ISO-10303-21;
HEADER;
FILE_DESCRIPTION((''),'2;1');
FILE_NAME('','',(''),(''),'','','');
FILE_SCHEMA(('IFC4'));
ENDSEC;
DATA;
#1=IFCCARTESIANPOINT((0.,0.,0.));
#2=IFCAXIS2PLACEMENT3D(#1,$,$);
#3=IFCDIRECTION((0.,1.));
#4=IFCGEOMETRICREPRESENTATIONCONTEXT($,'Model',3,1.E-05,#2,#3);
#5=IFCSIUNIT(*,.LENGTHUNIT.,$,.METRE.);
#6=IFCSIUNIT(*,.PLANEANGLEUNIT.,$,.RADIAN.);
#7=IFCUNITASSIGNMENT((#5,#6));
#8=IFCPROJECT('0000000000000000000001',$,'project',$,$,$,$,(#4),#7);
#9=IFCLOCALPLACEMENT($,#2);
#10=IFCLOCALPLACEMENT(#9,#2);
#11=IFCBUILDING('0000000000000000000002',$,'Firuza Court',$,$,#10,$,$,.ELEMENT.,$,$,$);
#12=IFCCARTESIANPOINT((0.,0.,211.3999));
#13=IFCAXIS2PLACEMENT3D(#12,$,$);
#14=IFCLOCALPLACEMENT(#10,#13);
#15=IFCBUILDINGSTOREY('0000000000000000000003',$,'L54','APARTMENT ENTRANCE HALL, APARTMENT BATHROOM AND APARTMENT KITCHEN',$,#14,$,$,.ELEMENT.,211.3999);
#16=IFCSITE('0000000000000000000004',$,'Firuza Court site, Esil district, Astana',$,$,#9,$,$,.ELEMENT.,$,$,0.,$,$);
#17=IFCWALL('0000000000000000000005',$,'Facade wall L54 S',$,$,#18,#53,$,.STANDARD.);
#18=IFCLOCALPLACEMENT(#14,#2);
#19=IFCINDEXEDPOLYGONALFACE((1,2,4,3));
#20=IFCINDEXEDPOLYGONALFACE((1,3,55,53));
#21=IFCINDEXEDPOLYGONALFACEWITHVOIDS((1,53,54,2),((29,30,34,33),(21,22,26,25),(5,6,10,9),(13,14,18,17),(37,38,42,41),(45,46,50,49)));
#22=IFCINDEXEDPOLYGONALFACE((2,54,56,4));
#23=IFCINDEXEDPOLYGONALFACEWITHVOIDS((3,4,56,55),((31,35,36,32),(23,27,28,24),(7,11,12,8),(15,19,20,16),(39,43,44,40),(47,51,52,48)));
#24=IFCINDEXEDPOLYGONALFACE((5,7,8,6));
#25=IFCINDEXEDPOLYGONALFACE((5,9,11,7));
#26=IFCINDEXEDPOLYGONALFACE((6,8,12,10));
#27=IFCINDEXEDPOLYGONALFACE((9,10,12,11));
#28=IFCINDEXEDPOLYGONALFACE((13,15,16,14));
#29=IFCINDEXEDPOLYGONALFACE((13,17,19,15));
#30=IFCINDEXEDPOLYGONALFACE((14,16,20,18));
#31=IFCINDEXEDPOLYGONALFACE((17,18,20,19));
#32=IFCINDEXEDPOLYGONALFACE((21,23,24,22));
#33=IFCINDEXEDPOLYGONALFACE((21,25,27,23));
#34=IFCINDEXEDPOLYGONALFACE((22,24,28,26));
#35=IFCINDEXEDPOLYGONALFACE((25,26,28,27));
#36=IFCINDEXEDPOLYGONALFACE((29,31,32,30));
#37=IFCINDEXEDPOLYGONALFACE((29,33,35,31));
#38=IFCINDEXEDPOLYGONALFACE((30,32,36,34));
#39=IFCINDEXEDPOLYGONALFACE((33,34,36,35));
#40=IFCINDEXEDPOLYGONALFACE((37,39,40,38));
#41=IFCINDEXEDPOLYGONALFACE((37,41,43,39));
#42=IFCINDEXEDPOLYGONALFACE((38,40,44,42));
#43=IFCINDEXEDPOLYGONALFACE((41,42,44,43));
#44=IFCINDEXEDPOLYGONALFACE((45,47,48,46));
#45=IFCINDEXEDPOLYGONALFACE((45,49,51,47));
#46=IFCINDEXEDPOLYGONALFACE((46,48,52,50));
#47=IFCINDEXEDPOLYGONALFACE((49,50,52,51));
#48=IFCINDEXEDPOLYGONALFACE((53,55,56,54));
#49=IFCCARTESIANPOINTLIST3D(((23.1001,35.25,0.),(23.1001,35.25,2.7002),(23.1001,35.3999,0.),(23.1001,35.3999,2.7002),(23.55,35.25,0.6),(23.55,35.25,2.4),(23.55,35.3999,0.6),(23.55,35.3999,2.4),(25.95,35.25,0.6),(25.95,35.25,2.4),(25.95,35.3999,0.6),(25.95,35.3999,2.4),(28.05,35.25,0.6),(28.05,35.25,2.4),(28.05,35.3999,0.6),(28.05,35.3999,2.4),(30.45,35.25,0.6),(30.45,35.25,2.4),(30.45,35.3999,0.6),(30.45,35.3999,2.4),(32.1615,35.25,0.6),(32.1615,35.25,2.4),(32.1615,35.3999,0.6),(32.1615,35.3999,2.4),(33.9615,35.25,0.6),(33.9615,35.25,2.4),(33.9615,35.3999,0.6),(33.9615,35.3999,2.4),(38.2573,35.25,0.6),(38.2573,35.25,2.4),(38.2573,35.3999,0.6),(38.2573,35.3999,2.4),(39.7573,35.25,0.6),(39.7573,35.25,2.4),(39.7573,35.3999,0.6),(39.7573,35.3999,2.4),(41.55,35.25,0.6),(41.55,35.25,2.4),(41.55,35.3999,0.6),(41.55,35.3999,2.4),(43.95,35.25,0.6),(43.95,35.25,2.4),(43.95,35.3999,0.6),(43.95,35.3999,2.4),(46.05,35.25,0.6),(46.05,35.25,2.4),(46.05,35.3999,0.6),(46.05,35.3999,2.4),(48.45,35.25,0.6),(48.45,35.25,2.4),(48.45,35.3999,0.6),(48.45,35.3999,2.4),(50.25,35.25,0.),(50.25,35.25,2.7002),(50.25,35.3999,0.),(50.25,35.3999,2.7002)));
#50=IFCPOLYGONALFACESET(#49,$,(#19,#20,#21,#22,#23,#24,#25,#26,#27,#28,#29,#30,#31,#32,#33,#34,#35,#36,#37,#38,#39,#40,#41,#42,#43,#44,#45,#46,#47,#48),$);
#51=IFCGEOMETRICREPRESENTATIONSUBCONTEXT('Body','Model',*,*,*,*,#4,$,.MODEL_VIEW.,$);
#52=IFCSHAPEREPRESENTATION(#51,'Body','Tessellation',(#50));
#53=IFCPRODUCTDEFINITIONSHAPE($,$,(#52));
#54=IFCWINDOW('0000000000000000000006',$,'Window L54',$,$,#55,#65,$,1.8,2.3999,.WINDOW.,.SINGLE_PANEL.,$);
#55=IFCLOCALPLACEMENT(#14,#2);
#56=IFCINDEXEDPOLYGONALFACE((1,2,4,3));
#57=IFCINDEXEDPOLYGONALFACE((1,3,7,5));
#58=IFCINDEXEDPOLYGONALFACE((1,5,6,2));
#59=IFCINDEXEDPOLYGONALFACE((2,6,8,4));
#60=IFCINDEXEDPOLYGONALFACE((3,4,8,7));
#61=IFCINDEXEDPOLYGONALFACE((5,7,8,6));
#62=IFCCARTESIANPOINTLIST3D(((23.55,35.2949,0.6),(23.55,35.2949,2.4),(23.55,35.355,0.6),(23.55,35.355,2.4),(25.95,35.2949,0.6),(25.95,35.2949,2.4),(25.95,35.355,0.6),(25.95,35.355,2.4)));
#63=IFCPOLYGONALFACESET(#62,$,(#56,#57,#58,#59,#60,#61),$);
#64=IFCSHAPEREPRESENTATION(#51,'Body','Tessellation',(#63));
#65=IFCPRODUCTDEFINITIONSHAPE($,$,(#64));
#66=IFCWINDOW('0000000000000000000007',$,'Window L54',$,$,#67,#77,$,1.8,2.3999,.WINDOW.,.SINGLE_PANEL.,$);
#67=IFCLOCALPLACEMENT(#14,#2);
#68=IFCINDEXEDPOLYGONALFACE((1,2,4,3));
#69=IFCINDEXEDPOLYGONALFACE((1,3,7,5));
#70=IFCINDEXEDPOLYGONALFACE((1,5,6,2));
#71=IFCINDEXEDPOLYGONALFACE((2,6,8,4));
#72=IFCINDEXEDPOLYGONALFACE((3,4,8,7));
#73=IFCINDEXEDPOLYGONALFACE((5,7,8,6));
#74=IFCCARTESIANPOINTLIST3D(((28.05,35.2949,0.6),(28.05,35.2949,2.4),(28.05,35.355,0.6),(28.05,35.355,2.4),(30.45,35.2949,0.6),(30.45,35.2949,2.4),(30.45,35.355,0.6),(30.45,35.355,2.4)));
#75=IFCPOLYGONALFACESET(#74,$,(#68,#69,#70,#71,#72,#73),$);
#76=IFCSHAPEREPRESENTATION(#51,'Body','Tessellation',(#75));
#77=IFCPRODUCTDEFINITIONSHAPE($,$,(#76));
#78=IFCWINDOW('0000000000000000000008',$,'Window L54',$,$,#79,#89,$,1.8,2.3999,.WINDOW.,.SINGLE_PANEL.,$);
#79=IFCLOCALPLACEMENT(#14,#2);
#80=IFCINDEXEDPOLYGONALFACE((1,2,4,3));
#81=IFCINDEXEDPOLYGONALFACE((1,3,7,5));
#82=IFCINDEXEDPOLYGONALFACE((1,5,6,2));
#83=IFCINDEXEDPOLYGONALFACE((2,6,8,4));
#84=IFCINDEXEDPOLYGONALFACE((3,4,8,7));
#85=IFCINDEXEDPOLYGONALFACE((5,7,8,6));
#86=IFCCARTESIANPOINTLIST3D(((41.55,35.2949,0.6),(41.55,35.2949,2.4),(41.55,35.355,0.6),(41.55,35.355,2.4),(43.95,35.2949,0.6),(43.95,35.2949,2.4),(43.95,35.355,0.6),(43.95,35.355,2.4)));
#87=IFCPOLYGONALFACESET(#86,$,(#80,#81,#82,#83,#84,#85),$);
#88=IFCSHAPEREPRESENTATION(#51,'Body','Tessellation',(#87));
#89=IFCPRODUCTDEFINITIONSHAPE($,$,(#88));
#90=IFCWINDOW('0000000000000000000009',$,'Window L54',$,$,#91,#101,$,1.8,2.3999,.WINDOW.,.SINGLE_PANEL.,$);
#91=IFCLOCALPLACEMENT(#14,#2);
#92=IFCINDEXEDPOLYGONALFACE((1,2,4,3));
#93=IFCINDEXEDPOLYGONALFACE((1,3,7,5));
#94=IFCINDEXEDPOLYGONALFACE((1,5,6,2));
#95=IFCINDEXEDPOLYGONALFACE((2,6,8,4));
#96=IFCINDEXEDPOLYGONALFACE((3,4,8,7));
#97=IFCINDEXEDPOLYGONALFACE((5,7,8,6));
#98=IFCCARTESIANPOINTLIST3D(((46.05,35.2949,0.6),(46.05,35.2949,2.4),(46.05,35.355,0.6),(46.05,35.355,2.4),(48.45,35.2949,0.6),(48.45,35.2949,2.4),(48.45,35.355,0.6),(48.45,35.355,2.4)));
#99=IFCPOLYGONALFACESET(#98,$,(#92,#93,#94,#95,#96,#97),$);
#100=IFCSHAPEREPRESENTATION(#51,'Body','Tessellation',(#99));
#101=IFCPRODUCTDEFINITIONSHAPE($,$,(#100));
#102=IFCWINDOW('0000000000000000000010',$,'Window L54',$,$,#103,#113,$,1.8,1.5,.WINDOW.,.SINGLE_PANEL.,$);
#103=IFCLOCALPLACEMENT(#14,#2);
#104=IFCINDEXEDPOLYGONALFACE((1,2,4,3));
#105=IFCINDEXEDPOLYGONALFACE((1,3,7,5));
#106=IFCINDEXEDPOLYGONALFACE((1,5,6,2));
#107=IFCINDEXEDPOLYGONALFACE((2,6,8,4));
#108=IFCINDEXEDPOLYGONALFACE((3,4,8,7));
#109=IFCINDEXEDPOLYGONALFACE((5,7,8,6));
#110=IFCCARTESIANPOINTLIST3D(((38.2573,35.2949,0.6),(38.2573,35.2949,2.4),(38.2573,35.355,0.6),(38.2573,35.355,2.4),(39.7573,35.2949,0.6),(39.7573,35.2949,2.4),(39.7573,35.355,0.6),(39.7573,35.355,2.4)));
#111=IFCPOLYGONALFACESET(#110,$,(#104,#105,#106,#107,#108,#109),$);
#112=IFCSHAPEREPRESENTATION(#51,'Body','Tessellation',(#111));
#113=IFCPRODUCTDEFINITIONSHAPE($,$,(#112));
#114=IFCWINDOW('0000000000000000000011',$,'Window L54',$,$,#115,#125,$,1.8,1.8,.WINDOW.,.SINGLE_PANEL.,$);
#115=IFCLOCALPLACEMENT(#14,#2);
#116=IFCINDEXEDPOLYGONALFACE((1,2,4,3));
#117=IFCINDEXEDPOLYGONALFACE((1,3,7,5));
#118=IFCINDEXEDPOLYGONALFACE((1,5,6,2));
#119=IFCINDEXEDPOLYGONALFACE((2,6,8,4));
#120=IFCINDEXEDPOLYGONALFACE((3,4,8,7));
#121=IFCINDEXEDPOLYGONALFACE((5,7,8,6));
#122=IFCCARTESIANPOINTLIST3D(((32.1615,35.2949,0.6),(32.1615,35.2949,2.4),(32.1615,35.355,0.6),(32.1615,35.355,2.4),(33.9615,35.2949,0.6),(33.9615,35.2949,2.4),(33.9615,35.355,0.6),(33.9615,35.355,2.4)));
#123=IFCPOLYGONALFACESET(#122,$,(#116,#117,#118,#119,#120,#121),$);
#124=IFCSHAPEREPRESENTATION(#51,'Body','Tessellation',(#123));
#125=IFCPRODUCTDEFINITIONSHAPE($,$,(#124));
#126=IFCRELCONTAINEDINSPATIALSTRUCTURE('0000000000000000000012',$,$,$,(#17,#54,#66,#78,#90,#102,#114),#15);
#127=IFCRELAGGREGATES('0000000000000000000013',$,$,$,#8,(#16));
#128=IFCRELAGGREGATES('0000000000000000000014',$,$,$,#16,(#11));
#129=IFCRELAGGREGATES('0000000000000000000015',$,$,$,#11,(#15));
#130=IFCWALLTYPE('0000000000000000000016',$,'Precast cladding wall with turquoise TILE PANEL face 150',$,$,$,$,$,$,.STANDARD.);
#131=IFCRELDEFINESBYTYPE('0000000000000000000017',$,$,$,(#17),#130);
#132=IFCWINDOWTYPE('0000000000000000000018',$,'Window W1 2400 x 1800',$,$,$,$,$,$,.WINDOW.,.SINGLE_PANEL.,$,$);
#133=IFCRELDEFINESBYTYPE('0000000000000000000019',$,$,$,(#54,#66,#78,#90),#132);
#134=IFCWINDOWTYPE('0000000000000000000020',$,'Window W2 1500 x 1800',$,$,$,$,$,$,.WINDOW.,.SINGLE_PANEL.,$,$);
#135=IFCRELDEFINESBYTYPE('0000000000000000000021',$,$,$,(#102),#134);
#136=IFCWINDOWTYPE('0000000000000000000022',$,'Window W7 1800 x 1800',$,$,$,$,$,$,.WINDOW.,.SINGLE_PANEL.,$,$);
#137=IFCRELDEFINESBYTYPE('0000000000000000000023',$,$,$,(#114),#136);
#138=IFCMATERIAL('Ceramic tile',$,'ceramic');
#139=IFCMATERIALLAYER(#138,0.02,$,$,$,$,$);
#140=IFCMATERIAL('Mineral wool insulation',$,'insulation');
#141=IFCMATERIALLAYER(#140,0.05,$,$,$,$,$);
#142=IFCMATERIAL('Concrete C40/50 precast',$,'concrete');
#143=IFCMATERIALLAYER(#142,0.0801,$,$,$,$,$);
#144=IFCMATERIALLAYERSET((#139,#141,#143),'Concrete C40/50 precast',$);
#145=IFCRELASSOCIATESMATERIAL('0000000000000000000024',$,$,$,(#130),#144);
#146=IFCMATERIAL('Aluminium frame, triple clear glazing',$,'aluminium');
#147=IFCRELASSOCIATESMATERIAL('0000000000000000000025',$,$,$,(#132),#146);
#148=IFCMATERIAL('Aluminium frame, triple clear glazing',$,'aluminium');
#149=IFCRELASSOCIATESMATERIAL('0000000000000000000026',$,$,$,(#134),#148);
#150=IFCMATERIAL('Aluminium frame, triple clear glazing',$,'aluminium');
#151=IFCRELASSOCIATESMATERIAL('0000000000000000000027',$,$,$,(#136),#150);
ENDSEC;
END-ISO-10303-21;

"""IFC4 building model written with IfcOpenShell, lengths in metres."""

from ifc_helpers import new_model, si_unit, direction, frame, frame_2d, origin, place, context, subcontext, project, spatial, rectangle, extrude, material, layer, layer_set, type_object, element, fill, save


model = new_model("IFC4")

# Units and contexts
model_context = context("Model", 3, precision=1e-05, world=origin(), true_north=direction((0.0, 1.0)))
body_context = subcontext(model_context, "Body", "Model", "MODEL_VIEW")
ifc_project = project(units=[si_unit("LENGTHUNIT", "METRE"), si_unit("PLANEANGLEUNIT", "RADIAN")], contexts=[model_context])

# Site, building, storey
site_placement = place(None, origin())
site = spatial("IfcSite", under=ifc_project, at=site_placement, Name="Firuza Court site, Esil district, Astana", CompositionType="ELEMENT", RefElevation=0.0)
building_placement = place(site_placement, origin())
building = spatial("IfcBuilding", under=site, at=building_placement, Name="Firuza Court", CompositionType="ELEMENT")
storey_placement = place(building_placement, frame((0.0, 0.0, 211.3999)))
storey = spatial("IfcBuildingStorey", under=building, at=storey_placement, Name="L54", Description="APARTMENT ENTRANCE HALL, APARTMENT BATHROOM AND APARTMENT KITCHEN", CompositionType="ELEMENT", Elevation=211.3999)

# Wall, openings, windows
ifc_material_1 = material(Name="Ceramic tile", Category="ceramic")
ifc_layer_1 = layer(ifc_material_1, 0.02)
ifc_material_2 = material(Name="Mineral wool insulation", Category="insulation")
ifc_layer_2 = layer(ifc_material_2, 0.05)
ifc_material_3 = material(Name="Concrete C40/50 precast", Category="concrete")
ifc_layer_3 = layer(ifc_material_3, 0.0801)
ifc_layer_set_1 = layer_set([ifc_layer_1, ifc_layer_2, ifc_layer_3], Name="Concrete C40/50 precast")
wall_type_1 = type_object("IfcWallType", Name="Precast cladding wall with turquoise TILE PANEL face 150", PredefinedType="STANDARD", material=ifc_layer_set_1)
wall_1_placement = place(storey_placement, frame((23.1001, 35.325, 0.0), z_axis=(0.0, 0.0, 1.0), x_axis=(1.0, 0.0, 0.0)))
wall_1 = element("IfcWall", 1, at=wall_1_placement, inside=storey, type_object=wall_type_1, Name="Facade wall L54 S", PredefinedType="STANDARD", context=body_context, shape_type="SweptSolid", body=[
    extrude(rectangle(XDim=27.1499, YDim=0.1499, at=frame_2d((13.575, 0.0))), origin(), (0.0, 0.0, 1.0), 2.7002),
])
opening_1_placement = place(wall_1_placement, frame((0.45, 0.0, 0.6001)))
opening_1 = element("IfcOpeningElement", 2, at=opening_1_placement, cuts=wall_1, PredefinedType="OPENING", context=body_context, shape_type="SweptSolid", body=[
    extrude(rectangle(XDim=2.3999, YDim=1.8, at=frame_2d((1.2, 0.8999))), frame((0.0, 0.0869, 0.0), z_axis=(0.0, -1.0, 0.0), x_axis=(1.0, 0.0, 0.0)), (0.0, 0.0, 1.0), 0.1738),
])
opening_2_placement = place(wall_1_placement, frame((4.95, 0.0, 0.6001)))
opening_2 = element("IfcOpeningElement", 3, at=opening_2_placement, cuts=wall_1, PredefinedType="OPENING", context=body_context, shape_type="SweptSolid", body=[
    extrude(rectangle(XDim=2.3999, YDim=1.8, at=frame_2d((1.2, 0.8999))), frame((0.0, 0.0869, 0.0), z_axis=(0.0, -1.0, 0.0), x_axis=(1.0, 0.0, 0.0)), (0.0, 0.0, 1.0), 0.1738),
])
opening_3_placement = place(wall_1_placement, frame((9.0615, 0.0, 0.6001)))
opening_3 = element("IfcOpeningElement", 4, at=opening_3_placement, cuts=wall_1, PredefinedType="OPENING", context=body_context, shape_type="SweptSolid", body=[
    extrude(rectangle(XDim=1.8, YDim=1.8, at=frame_2d((0.8999, 0.8999))), frame((0.0, 0.0869, 0.0), z_axis=(0.0, -1.0, 0.0), x_axis=(1.0, 0.0, 0.0)), (0.0, 0.0, 1.0), 0.1738),
])
opening_4_placement = place(wall_1_placement, frame((15.1572, 0.0, 0.6001)))
opening_4 = element("IfcOpeningElement", 5, at=opening_4_placement, cuts=wall_1, PredefinedType="OPENING", context=body_context, shape_type="SweptSolid", body=[
    extrude(rectangle(XDim=1.5, YDim=1.8, at=frame_2d((0.75, 0.8999))), frame((0.0, 0.0869, 0.0), z_axis=(0.0, -1.0, 0.0), x_axis=(1.0, 0.0, 0.0)), (0.0, 0.0, 1.0), 0.1738),
])
opening_5_placement = place(wall_1_placement, frame((18.45, 0.0, 0.6001)))
opening_5 = element("IfcOpeningElement", 6, at=opening_5_placement, cuts=wall_1, PredefinedType="OPENING", context=body_context, shape_type="SweptSolid", body=[
    extrude(rectangle(XDim=2.3999, YDim=1.8, at=frame_2d((1.2, 0.8999))), frame((0.0, 0.0869, 0.0), z_axis=(0.0, -1.0, 0.0), x_axis=(1.0, 0.0, 0.0)), (0.0, 0.0, 1.0), 0.1738),
])
opening_6_placement = place(wall_1_placement, frame((22.95, 0.0, 0.6001)))
opening_6 = element("IfcOpeningElement", 7, at=opening_6_placement, cuts=wall_1, PredefinedType="OPENING", context=body_context, shape_type="SweptSolid", body=[
    extrude(rectangle(XDim=2.3999, YDim=1.8, at=frame_2d((1.2, 0.8999))), frame((0.0, 0.0869, 0.0), z_axis=(0.0, -1.0, 0.0), x_axis=(1.0, 0.0, 0.0)), (0.0, 0.0, 1.0), 0.1738),
])
ifc_material_4 = material(Name="Aluminium frame, triple clear glazing", Category="aluminium")
window_type_1 = type_object("IfcWindowType", Name="Window W1 2400 x 1800", PartitioningType="SINGLE_PANEL", PredefinedType="WINDOW", material=ifc_material_4)
window_1_placement = place(opening_1_placement, origin())
window_1 = element("IfcWindow", 8, at=window_1_placement, inside=storey, type_object=window_type_1, Name="Window L54", OverallHeight=1.8, OverallWidth=2.3999, PartitioningType="SINGLE_PANEL", PredefinedType="WINDOW", context=body_context, shape_type="SweptSolid", body=[
    extrude(rectangle(XDim=2.3999, YDim=1.8, at=frame_2d((1.2, 0.8999))), frame((0.0, 0.03, 0.0), z_axis=(0.0, -1.0, 0.0), x_axis=(1.0, 0.0, 0.0)), (0.0, 0.0, 1.0), 0.0601),
])
fill(opening_1, window_1)
window_2_placement = place(opening_2_placement, origin())
window_2 = element("IfcWindow", 9, at=window_2_placement, inside=storey, type_object=window_type_1, Name="Window L54", OverallHeight=1.8, OverallWidth=2.3999, PartitioningType="SINGLE_PANEL", PredefinedType="WINDOW", context=body_context, shape_type="SweptSolid", body=[
    extrude(rectangle(XDim=2.3999, YDim=1.8, at=frame_2d((1.2, 0.8999))), frame((0.0, 0.03, 0.0), z_axis=(0.0, -1.0, 0.0), x_axis=(1.0, 0.0, 0.0)), (0.0, 0.0, 1.0), 0.0601),
])
fill(opening_2, window_2)
window_3_placement = place(opening_5_placement, origin())
window_3 = element("IfcWindow", 10, at=window_3_placement, inside=storey, type_object=window_type_1, Name="Window L54", OverallHeight=1.8, OverallWidth=2.3999, PartitioningType="SINGLE_PANEL", PredefinedType="WINDOW", context=body_context, shape_type="SweptSolid", body=[
    extrude(rectangle(XDim=2.3999, YDim=1.8, at=frame_2d((1.2, 0.8999))), frame((0.0, 0.03, 0.0), z_axis=(0.0, -1.0, 0.0), x_axis=(1.0, 0.0, 0.0)), (0.0, 0.0, 1.0), 0.0601),
])
fill(opening_5, window_3)
window_4_placement = place(opening_6_placement, origin())
window_4 = element("IfcWindow", 11, at=window_4_placement, inside=storey, type_object=window_type_1, Name="Window L54", OverallHeight=1.8, OverallWidth=2.3999, PartitioningType="SINGLE_PANEL", PredefinedType="WINDOW", context=body_context, shape_type="SweptSolid", body=[
    extrude(rectangle(XDim=2.3999, YDim=1.8, at=frame_2d((1.2, 0.8999))), frame((0.0, 0.03, 0.0), z_axis=(0.0, -1.0, 0.0), x_axis=(1.0, 0.0, 0.0)), (0.0, 0.0, 1.0), 0.0601),
])
fill(opening_6, window_4)
ifc_material_5 = material(Name="Aluminium frame, triple clear glazing", Category="aluminium")
window_type_2 = type_object("IfcWindowType", Name="Window W2 1500 x 1800", PartitioningType="SINGLE_PANEL", PredefinedType="WINDOW", material=ifc_material_5)
window_5_placement = place(opening_4_placement, origin())
window_5 = element("IfcWindow", 12, at=window_5_placement, inside=storey, type_object=window_type_2, Name="Window L54", OverallHeight=1.8, OverallWidth=1.5, PartitioningType="SINGLE_PANEL", PredefinedType="WINDOW", context=body_context, shape_type="SweptSolid", body=[
    extrude(rectangle(XDim=1.5, YDim=1.8, at=frame_2d((0.75, 0.8999))), frame((0.0, 0.03, 0.0), z_axis=(0.0, -1.0, 0.0), x_axis=(1.0, 0.0, 0.0)), (0.0, 0.0, 1.0), 0.0601),
])
fill(opening_4, window_5)
ifc_material_6 = material(Name="Aluminium frame, triple clear glazing", Category="aluminium")
window_type_3 = type_object("IfcWindowType", Name="Window W7 1800 x 1800", PartitioningType="SINGLE_PANEL", PredefinedType="WINDOW", material=ifc_material_6)
window_6_placement = place(opening_3_placement, origin())
window_6 = element("IfcWindow", 13, at=window_6_placement, inside=storey, type_object=window_type_3, Name="Window L54", OverallHeight=1.8, OverallWidth=1.8, PartitioningType="SINGLE_PANEL", PredefinedType="WINDOW", context=body_context, shape_type="SweptSolid", body=[
    extrude(rectangle(XDim=1.8, YDim=1.8, at=frame_2d((0.8999, 0.8999))), frame((0.0, 0.03, 0.0), z_axis=(0.0, -1.0, 0.0), x_axis=(1.0, 0.0, 0.0)), (0.0, 0.0, 1.0), 0.0601),
])
fill(opening_3, window_6)

save(model, "model.ifc")
